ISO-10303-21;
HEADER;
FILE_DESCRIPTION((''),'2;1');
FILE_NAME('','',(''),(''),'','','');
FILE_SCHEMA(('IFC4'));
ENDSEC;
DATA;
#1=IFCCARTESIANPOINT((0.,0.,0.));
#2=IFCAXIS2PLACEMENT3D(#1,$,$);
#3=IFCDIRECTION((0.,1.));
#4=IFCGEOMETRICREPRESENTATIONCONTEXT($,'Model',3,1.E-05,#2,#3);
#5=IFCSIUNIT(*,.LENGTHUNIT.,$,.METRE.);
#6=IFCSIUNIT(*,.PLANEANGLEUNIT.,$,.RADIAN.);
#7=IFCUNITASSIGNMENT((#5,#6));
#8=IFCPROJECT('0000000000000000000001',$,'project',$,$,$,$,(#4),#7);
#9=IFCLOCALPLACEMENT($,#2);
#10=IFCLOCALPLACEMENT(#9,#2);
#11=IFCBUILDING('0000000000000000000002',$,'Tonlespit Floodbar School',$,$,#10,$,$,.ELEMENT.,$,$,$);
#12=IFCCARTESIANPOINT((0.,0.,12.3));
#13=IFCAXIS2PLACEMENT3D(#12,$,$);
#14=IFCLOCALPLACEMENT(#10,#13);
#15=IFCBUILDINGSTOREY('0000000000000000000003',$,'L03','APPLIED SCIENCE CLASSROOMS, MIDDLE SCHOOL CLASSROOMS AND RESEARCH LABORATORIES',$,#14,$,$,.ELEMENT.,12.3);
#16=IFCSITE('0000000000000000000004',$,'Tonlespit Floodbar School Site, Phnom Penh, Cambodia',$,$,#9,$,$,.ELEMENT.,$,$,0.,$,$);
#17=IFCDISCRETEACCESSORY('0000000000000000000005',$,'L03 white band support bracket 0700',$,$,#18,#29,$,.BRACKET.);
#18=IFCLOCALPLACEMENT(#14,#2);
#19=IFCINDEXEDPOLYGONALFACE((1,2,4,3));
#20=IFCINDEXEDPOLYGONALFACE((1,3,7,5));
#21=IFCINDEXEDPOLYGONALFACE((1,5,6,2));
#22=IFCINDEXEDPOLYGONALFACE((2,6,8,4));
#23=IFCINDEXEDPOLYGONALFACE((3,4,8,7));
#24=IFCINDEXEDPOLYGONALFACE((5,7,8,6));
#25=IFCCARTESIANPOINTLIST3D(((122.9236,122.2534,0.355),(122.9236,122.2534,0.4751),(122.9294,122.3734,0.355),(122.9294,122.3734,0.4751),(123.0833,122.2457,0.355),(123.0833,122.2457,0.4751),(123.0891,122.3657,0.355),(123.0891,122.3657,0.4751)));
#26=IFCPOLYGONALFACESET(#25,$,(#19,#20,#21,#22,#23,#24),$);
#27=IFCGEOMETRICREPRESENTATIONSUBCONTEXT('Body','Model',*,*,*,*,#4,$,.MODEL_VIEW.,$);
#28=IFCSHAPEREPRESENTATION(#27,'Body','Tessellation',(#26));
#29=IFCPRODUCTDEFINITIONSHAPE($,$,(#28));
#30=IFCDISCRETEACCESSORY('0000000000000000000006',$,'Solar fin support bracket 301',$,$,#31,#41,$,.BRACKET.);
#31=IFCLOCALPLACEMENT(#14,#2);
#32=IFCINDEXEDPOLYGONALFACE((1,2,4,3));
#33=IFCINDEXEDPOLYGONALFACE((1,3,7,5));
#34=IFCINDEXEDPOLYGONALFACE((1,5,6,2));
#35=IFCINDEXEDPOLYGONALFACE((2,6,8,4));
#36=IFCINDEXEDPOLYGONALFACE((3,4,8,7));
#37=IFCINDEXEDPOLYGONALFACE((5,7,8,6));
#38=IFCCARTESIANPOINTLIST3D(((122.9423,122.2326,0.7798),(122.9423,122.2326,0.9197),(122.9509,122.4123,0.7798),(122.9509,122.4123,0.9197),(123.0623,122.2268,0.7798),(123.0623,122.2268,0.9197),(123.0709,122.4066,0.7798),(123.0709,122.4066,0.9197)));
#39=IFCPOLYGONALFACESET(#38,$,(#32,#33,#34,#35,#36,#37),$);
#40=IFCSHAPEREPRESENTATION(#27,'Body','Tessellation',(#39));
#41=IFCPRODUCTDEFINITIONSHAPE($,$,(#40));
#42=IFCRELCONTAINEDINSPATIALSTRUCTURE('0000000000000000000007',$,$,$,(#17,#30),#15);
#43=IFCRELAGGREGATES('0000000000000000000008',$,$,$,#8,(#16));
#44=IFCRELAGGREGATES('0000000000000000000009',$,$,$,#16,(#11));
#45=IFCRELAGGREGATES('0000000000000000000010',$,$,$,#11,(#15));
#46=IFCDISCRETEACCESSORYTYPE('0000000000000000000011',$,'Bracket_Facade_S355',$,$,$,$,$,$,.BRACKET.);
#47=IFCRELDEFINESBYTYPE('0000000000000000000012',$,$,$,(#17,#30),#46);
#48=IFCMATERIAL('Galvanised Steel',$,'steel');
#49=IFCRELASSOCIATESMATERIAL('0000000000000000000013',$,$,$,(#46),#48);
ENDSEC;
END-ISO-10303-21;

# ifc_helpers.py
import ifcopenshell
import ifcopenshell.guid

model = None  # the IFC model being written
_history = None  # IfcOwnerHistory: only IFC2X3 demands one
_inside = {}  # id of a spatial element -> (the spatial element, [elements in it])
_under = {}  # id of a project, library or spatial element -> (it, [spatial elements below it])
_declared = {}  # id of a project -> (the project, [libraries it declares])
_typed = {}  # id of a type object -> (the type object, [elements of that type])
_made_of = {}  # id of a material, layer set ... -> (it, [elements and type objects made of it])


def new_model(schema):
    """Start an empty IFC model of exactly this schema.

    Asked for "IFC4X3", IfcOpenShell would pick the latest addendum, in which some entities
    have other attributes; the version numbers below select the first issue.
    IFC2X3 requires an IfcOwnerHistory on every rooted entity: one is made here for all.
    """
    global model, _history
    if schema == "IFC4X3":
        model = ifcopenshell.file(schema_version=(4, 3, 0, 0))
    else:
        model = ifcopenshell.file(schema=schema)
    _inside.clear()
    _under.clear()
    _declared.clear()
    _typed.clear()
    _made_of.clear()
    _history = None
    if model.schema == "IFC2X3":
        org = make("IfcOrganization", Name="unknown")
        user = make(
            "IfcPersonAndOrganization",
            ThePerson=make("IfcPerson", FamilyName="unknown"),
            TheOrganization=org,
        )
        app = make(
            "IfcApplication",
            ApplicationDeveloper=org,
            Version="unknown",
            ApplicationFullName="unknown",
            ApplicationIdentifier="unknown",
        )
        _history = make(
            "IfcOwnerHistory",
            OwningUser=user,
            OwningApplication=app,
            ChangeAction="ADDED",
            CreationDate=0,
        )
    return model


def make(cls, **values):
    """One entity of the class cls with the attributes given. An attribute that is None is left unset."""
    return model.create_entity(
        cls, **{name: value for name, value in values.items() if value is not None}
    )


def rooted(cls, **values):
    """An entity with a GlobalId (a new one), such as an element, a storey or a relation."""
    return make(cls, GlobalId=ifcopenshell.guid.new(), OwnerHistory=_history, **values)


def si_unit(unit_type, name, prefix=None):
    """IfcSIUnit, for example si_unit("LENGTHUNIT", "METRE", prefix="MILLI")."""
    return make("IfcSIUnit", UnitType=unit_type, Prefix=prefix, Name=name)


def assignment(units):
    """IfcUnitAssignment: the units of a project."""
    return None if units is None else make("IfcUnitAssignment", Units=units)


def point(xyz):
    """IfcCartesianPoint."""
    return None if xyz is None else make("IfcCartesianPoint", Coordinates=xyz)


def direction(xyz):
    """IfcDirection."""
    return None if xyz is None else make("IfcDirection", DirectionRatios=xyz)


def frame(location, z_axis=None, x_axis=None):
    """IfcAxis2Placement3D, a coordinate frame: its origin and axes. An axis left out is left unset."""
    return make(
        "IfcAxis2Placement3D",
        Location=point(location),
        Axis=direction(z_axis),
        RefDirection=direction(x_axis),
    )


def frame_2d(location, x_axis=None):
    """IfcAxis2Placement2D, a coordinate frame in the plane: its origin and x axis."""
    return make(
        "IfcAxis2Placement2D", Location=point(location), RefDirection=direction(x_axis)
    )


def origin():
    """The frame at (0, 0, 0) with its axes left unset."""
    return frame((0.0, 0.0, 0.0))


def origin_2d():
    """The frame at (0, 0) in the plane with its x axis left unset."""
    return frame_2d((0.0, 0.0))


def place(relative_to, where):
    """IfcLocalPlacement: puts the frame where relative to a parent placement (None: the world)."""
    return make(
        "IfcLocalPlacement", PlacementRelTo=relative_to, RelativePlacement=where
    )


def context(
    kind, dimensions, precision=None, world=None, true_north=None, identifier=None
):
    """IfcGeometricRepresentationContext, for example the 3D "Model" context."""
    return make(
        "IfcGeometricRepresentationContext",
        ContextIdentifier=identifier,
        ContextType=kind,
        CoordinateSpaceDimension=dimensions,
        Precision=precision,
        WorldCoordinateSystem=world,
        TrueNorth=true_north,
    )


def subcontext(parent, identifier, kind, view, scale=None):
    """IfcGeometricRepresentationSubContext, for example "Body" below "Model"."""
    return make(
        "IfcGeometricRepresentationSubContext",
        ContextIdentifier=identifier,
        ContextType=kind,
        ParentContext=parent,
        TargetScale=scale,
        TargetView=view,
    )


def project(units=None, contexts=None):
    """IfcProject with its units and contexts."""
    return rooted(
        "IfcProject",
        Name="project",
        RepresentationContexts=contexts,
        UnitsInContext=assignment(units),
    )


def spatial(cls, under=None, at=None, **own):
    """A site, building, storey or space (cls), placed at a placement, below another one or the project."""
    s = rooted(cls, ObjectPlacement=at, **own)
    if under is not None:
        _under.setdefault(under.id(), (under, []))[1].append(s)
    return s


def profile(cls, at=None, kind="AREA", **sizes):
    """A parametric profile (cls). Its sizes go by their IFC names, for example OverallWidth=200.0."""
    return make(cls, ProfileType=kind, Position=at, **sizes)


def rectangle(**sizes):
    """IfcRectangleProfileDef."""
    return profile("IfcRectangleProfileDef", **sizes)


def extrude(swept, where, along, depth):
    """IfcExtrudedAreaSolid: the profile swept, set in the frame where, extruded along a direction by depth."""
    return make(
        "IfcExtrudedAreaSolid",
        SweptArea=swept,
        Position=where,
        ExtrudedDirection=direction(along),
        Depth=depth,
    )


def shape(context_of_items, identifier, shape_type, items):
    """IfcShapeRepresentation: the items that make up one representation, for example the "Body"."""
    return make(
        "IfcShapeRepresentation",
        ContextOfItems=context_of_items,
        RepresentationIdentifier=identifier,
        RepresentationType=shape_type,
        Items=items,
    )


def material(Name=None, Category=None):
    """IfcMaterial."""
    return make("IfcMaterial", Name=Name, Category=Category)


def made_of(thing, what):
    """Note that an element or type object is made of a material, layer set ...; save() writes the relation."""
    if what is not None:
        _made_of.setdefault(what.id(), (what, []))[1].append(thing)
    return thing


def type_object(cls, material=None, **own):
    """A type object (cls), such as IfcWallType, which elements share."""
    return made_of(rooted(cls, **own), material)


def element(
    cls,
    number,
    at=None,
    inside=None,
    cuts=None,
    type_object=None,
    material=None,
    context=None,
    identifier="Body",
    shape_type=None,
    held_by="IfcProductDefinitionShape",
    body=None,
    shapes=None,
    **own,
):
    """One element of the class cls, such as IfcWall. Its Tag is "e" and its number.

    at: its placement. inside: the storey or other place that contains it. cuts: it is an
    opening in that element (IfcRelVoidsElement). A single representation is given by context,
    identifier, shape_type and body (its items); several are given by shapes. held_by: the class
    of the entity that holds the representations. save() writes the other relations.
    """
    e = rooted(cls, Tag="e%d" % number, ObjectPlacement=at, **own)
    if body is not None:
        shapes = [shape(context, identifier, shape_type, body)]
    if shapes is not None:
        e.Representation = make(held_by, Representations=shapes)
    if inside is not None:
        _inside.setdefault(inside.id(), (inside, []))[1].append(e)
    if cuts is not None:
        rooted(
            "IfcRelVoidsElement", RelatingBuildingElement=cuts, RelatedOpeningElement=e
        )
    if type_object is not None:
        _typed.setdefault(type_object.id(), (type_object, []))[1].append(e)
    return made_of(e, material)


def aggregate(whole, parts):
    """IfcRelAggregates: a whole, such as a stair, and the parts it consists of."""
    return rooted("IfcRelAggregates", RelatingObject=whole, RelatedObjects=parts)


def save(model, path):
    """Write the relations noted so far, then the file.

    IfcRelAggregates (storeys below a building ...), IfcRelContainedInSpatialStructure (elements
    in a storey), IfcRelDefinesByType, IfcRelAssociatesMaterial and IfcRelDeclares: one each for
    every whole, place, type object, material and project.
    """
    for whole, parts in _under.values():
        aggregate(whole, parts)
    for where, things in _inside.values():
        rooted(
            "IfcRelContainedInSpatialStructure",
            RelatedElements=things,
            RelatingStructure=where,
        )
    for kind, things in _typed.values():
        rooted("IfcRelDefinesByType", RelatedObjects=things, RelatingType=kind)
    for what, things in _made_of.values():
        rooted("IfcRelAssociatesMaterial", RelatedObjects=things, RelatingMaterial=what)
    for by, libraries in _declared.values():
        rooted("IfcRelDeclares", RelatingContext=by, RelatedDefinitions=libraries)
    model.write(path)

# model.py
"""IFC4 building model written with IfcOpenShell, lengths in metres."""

from ifc_helpers import new_model, si_unit, direction, frame, origin, origin_2d, place, context, subcontext, project, spatial, rectangle, extrude, material, type_object, element, save


model = new_model("IFC4")

# Units and contexts
model_context = context("Model", 3, precision=1e-05, world=origin(), true_north=direction((0.0, 1.0)))
body_context = subcontext(model_context, "Body", "Model", "MODEL_VIEW")
ifc_project = project(units=[si_unit("LENGTHUNIT", "METRE"), si_unit("PLANEANGLEUNIT", "RADIAN")], contexts=[model_context])

# Site, building, storey
site_placement = place(None, origin())
site = spatial("IfcSite", under=ifc_project, at=site_placement, Name="Tonlespit Floodbar School Site, Phnom Penh, Cambodia", CompositionType="ELEMENT", RefElevation=0.0)
building_placement = place(site_placement, origin())
building = spatial("IfcBuilding", under=site, at=building_placement, Name="Tonlespit Floodbar School", CompositionType="ELEMENT")
storey_placement = place(building_placement, frame((0.0, 0.0, 12.3)))
storey = spatial("IfcBuildingStorey", under=building, at=storey_placement, Name="L03", Description="APPLIED SCIENCE CLASSROOMS, MIDDLE SCHOOL CLASSROOMS AND RESEARCH LABORATORIES", CompositionType="ELEMENT", Elevation=12.3)

# Discrete accessories
ifc_material_1 = material(Name="Galvanised Steel", Category="steel")
discrete_accessory_type = type_object("IfcDiscreteAccessoryType", Name="Bracket_Facade_S355", PredefinedType="BRACKET", material=ifc_material_1)
discrete_accessory_1_placement = place(storey_placement, frame((123.0063, 122.3096, 0.355), z_axis=(0.0, 0.0, 1.0), x_axis=(0.998843, -0.048095, 0.0)))
element("IfcDiscreteAccessory", 1, at=discrete_accessory_1_placement, inside=storey, type_object=discrete_accessory_type, Name="L03 white band support bracket 0700", PredefinedType="BRACKET", context=body_context, shape_type="SweptSolid", body=[
    extrude(rectangle(XDim=0.1599, YDim=0.1201, at=origin_2d()), origin(), (0.0, 0.0, 1.0), 0.1201),
])
discrete_accessory_2_placement = place(storey_placement, frame((123.0066, 122.3196, 0.7798), z_axis=(0.0, 0.0, 1.0), x_axis=(0.998843, -0.048095, 0.0)))
element("IfcDiscreteAccessory", 2, at=discrete_accessory_2_placement, inside=storey, type_object=discrete_accessory_type, Name="Solar fin support bracket 301", PredefinedType="BRACKET", context=body_context, shape_type="SweptSolid", body=[
    extrude(rectangle(XDim=0.1201, YDim=0.1799, at=origin_2d()), origin(), (0.0, 0.0, 1.0), 0.1399),
])

save(model, "model.ifc")
